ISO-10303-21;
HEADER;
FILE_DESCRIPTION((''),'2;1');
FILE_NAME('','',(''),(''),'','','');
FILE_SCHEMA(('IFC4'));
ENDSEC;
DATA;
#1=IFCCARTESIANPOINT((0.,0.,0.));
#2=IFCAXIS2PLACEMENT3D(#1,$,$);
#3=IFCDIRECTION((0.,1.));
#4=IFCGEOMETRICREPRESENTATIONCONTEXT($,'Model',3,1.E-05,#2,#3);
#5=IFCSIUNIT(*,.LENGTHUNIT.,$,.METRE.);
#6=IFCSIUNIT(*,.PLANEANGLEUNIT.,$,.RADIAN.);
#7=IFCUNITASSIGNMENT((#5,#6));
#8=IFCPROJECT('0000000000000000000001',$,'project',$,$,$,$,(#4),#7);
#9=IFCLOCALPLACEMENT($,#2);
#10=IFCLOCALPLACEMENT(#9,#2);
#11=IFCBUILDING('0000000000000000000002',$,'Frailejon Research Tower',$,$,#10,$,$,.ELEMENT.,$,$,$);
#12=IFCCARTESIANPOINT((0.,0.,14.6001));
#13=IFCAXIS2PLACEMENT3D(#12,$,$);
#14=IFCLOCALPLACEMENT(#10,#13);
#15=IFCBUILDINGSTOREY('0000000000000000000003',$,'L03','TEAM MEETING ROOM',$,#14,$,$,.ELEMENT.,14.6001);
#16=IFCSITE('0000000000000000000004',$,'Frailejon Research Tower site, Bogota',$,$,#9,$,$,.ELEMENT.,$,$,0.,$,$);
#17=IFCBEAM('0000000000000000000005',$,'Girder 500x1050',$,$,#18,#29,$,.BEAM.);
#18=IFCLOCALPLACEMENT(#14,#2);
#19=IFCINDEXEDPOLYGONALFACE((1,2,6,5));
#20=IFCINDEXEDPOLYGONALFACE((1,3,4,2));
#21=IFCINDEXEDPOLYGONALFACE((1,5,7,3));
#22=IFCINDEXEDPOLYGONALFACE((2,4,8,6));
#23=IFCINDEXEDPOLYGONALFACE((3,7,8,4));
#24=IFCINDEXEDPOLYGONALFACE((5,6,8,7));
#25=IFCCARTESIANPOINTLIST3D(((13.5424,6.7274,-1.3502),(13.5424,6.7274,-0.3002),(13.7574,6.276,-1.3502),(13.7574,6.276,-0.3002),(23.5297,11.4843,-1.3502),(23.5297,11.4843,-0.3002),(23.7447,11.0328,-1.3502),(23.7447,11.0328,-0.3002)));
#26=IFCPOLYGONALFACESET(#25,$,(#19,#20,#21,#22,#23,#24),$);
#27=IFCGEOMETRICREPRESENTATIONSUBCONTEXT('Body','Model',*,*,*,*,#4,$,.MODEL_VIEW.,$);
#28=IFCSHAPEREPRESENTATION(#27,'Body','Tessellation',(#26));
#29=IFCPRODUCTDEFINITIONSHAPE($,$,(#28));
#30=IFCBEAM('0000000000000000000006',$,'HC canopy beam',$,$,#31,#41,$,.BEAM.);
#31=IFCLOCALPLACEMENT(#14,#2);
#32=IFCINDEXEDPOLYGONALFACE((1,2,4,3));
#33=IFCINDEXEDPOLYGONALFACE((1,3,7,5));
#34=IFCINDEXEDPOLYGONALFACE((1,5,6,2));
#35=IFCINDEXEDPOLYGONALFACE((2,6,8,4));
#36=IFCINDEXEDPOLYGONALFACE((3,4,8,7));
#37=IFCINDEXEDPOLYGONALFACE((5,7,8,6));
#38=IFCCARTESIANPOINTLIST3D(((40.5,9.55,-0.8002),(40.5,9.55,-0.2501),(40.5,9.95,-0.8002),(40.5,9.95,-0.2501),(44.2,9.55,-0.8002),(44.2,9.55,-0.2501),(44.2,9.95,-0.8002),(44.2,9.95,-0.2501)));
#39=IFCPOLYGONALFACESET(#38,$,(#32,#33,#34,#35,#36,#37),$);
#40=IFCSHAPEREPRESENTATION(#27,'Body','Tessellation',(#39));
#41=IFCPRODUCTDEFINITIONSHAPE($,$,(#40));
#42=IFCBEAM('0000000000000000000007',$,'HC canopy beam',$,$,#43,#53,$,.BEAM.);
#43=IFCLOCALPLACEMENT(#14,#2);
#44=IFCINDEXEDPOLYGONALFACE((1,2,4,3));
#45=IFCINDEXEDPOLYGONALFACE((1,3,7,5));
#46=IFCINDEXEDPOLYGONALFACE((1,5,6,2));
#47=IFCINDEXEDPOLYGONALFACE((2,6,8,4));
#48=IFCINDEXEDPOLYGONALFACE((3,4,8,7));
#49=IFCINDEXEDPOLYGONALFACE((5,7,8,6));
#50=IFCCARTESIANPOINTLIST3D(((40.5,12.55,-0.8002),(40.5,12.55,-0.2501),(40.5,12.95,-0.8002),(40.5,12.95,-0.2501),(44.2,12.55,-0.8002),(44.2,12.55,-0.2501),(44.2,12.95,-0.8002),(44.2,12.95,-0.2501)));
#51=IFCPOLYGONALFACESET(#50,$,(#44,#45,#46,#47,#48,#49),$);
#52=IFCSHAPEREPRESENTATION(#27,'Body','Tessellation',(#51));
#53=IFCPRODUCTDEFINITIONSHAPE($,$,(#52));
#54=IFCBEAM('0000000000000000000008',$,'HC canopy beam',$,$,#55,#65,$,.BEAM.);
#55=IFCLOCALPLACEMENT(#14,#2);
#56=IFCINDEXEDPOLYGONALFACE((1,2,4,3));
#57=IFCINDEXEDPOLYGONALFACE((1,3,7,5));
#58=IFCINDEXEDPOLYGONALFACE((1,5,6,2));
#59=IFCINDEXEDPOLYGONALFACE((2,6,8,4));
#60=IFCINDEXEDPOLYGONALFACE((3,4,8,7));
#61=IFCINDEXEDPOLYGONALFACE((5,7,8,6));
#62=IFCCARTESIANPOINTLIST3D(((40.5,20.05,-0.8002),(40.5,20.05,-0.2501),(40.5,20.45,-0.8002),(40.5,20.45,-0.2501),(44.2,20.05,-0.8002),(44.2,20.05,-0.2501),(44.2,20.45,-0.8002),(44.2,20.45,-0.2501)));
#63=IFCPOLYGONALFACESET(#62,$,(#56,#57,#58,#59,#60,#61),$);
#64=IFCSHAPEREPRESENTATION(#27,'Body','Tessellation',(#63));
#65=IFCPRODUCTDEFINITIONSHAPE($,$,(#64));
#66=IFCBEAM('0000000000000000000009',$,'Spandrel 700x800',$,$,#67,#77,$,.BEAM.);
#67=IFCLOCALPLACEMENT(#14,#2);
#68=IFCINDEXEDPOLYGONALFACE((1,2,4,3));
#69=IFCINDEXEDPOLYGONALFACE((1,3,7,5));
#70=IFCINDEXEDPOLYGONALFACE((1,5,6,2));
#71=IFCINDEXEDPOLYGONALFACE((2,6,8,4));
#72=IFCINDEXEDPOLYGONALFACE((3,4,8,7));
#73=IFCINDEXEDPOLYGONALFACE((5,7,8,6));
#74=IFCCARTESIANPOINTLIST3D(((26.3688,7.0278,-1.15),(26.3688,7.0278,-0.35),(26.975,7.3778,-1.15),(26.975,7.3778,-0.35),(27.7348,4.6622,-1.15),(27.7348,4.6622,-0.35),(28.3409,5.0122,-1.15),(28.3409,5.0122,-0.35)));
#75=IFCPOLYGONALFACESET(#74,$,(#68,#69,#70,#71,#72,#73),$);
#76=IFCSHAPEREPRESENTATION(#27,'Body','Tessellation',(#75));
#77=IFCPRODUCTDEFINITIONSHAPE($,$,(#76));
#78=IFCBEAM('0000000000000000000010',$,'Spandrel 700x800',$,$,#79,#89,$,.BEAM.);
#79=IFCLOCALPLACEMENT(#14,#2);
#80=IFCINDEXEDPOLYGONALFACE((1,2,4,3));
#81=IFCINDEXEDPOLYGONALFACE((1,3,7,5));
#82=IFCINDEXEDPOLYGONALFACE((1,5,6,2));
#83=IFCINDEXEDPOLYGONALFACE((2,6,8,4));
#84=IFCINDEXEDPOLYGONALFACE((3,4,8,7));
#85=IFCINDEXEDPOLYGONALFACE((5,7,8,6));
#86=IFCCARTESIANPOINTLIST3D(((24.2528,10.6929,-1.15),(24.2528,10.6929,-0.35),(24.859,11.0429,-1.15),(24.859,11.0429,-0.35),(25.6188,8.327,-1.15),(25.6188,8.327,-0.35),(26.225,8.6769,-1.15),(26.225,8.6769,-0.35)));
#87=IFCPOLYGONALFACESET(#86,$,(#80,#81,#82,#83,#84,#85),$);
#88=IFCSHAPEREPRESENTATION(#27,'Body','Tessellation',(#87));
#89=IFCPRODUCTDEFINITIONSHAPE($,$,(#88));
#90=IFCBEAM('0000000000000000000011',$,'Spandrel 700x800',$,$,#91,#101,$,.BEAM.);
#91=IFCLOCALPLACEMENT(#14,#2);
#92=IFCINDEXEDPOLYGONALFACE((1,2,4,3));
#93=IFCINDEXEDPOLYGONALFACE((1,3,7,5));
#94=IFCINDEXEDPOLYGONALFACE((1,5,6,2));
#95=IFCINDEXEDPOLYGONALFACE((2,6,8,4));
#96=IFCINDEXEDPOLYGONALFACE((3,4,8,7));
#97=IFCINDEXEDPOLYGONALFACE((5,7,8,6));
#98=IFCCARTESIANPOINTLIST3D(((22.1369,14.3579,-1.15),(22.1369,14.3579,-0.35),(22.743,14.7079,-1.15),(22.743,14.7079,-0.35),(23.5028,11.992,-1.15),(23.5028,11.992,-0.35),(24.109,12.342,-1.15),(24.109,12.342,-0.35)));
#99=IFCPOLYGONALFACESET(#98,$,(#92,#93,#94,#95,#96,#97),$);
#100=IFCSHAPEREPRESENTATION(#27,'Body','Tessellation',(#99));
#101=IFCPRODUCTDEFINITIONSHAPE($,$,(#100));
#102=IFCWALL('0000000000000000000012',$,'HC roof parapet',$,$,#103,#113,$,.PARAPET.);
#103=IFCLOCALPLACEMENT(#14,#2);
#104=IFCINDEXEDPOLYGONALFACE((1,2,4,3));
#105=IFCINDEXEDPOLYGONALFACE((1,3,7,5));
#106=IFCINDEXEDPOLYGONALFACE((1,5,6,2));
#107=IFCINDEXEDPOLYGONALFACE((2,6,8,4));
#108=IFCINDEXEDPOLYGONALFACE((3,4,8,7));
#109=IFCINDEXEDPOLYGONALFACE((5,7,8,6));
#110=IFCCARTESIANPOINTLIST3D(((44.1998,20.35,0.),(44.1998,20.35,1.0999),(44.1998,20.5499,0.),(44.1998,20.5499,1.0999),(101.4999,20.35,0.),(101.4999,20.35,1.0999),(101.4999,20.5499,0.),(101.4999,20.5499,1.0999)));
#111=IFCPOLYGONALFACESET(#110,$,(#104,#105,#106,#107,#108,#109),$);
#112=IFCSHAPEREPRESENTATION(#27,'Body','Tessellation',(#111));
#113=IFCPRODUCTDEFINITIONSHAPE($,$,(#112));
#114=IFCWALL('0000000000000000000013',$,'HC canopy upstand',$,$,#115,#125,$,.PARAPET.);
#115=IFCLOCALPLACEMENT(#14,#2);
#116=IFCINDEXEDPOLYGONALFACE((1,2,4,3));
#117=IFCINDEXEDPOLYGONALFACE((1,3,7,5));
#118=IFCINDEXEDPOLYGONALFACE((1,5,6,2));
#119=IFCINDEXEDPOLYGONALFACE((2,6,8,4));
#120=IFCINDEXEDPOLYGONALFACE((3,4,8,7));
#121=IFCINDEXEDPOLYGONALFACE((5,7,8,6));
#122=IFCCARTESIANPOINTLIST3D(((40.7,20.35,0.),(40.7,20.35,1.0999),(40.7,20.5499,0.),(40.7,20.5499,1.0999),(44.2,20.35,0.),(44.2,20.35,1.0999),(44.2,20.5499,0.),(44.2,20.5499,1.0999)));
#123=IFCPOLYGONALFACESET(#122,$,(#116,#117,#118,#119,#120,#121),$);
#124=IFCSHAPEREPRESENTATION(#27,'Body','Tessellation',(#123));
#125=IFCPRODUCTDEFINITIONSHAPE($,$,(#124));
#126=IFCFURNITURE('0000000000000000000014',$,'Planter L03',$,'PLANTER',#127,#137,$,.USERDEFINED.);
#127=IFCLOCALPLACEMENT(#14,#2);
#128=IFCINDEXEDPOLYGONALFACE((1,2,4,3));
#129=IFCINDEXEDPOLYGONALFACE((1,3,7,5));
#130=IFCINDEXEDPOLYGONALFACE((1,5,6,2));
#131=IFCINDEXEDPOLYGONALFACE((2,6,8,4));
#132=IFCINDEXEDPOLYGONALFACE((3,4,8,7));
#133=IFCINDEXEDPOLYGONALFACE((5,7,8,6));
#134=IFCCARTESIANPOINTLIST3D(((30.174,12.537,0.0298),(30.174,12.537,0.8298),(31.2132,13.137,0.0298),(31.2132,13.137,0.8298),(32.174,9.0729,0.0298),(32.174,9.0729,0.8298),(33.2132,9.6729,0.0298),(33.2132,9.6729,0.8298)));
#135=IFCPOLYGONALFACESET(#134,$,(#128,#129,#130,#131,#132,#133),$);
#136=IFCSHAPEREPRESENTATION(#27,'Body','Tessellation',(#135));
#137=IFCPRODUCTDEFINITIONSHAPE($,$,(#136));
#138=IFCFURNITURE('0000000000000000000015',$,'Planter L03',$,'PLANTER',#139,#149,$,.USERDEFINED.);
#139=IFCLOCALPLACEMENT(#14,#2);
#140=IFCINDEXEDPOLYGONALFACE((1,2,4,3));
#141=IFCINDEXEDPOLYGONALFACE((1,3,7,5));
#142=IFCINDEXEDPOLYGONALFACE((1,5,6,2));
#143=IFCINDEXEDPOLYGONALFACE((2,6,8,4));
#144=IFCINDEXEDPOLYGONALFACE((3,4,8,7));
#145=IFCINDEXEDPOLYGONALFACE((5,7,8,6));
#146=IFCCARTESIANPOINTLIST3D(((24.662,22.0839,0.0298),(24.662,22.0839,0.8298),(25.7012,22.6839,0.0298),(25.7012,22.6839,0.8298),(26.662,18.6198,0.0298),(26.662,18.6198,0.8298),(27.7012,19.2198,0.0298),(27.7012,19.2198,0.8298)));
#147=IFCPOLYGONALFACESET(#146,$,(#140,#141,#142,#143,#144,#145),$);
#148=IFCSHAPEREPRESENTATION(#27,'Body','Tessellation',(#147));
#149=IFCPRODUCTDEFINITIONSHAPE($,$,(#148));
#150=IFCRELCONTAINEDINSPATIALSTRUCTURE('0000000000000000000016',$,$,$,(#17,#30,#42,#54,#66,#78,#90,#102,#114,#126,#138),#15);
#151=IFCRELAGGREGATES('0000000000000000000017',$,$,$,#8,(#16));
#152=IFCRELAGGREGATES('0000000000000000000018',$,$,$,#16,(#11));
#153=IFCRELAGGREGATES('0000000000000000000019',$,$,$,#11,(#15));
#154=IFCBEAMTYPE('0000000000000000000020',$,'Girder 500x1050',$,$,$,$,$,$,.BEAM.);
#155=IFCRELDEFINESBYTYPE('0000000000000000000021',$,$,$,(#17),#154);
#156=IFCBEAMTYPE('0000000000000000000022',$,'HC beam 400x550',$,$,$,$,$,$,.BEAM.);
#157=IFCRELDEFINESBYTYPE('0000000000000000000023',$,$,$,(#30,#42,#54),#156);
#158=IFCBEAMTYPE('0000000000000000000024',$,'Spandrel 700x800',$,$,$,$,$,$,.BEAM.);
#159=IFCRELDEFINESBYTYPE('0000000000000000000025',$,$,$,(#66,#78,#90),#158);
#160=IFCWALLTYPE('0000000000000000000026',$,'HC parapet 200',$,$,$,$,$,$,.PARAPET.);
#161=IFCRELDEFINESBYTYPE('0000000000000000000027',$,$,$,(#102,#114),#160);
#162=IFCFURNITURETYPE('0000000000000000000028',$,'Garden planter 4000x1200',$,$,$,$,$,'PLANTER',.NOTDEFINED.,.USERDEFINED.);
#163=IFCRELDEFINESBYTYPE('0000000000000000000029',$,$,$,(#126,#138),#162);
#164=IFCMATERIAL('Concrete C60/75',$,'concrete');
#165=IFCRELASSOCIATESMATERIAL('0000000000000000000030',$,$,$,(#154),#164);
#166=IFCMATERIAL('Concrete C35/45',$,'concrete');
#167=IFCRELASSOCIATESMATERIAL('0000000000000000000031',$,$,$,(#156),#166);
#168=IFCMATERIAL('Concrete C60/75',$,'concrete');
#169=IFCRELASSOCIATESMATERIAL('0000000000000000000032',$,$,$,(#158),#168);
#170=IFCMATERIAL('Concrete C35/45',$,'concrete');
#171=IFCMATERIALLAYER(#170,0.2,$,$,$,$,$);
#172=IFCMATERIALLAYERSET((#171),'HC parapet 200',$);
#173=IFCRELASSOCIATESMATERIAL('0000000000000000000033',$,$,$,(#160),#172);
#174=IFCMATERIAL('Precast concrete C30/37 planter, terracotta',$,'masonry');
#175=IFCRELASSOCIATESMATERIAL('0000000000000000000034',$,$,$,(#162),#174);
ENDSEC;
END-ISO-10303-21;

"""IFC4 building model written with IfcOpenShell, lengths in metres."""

from ifc_helpers import new_model, si_unit, direction, frame, frame_2d, origin, origin_2d, place, context, subcontext, project, spatial, rectangle, extrude, material, layer, layer_set, material_profile, profile_set, type_object, element, save


model = new_model("IFC4")

# Units and contexts
model_context = context("Model", 3, precision=1e-05, world=origin(), true_north=direction((0.0, 1.0)))
body_context = subcontext(model_context, "Body", "Model", "MODEL_VIEW")
ifc_project = project(units=[si_unit("LENGTHUNIT", "METRE"), si_unit("PLANEANGLEUNIT", "RADIAN")], contexts=[model_context])

# Site, building, storey
site_placement = place(None, origin())
site = spatial("IfcSite", under=ifc_project, at=site_placement, Name="Frailejon Research Tower site, Bogota", CompositionType="ELEMENT", RefElevation=0.0)
building_placement = place(site_placement, origin())
building = spatial("IfcBuilding", under=site, at=building_placement, Name="Frailejon Research Tower", CompositionType="ELEMENT")
storey_placement = place(building_placement, frame((0.0, 0.0, 14.6001)))
storey = spatial("IfcBuildingStorey", under=building, at=storey_placement, Name="L03", Description="TEAM MEETING ROOM", CompositionType="ELEMENT", Elevation=14.6001)

# Beams
ifc_material_1 = material(Name="Concrete C60/75", Category="concrete")
ifc_material_profile_1 = material_profile(ifc_material_1, rectangle(XDim=0.5, YDim=1.05, at=origin_2d()), Name="Girder 500x1050")
ifc_profile_set_1 = profile_set([ifc_material_profile_1], Name="Concrete C60/75")
beam_type_1 = type_object("IfcBeamType", Name="Girder 500x1050", PredefinedType="BEAM", material=ifc_profile_set_1)
beam_1_placement = place(storey_placement, frame((23.6372, 11.2585, -0.8252), z_axis=(-0.902826, -0.430006, 0.0), x_axis=(0.430006, -0.902826, 0.0)))
element("IfcBeam", 1, at=beam_1_placement, inside=storey, type_object=beam_type_1, Name="Girder 500x1050", PredefinedType="BEAM", context=body_context, shape_type="SweptSolid", body=[
    extrude(rectangle(XDim=0.5, YDim=1.05, at=origin_2d()), origin(), (0.0, 0.0, 1.0), 11.0623),
])
ifc_material_2 = material(Name="Concrete C35/45", Category="concrete")
ifc_material_profile_2 = material_profile(ifc_material_2, rectangle(XDim=0.3999, YDim=0.55, at=origin_2d()), Name="HC beam 400x550")
ifc_profile_set_2 = profile_set([ifc_material_profile_2], Name="Concrete C35/45")
beam_type_2 = type_object("IfcBeamType", Name="HC beam 400x550", PredefinedType="BEAM", material=ifc_profile_set_2)
for number, where, z_axis, x_axis, name in (
    (2, (40.5, 9.75, -0.5251), (1.0, 0.0, 0.0), (0.0, 1.0, 0.0), "HC canopy beam"),
    (3, (40.5, 12.75, -0.5251), (1.0, 0.0, 0.0), (0.0, 1.0, 0.0), "HC canopy beam"),
    (4, (40.5, 20.25, -0.5251), (1.0, 0.0, 0.0), (0.0, 1.0, 0.0), "HC canopy beam"),
):
    element("IfcBeam", number, at=place(storey_placement, frame(where, z_axis=z_axis, x_axis=x_axis)), inside=storey, type_object=beam_type_2, Name=name, PredefinedType="BEAM", context=body_context, shape_type="SweptSolid", body=[
        extrude(rectangle(XDim=0.3999, YDim=0.55, at=origin_2d()), origin(), (0.0, 0.0, 1.0), 3.7),
    ])
ifc_material_3 = material(Name="Concrete C60/75", Category="concrete")
ifc_material_profile_3 = material_profile(ifc_material_3, rectangle(XDim=0.7, YDim=0.8, at=origin_2d()), Name="Spandrel 700x800")
ifc_profile_set_3 = profile_set([ifc_material_profile_3], Name="Concrete C60/75")
beam_type_3 = type_object("IfcBeamType", Name="Spandrel 700x800", PredefinedType="BEAM", material=ifc_profile_set_3)
beam_2_placement = place(storey_placement, frame((28.0378, 4.8372, -0.75), z_axis=(-0.500032, 0.866007, 0.0), x_axis=(-0.866007, -0.500032, 0.0)))
element("IfcBeam", 5, at=beam_2_placement, inside=storey, type_object=beam_type_3, Name="Spandrel 700x800", PredefinedType="BEAM", context=body_context, shape_type="SweptSolid", body=[
    extrude(rectangle(XDim=0.7, YDim=0.8, at=origin_2d()), origin(), (0.0, 0.0, 1.0), 2.7317),
])
for number, where, z_axis, x_axis, name in (
    (6, (25.9219, 8.502, -0.75), (-0.499993, 0.866029, 0.0), (-0.866029, -0.499993, 0.0), "Spandrel 700x800"),
    (7, (23.8059, 12.167, -0.75), (-0.499993, 0.866029, 0.0), (-0.866029, -0.499993, 0.0), "Spandrel 700x800"),
):
    element("IfcBeam", number, at=place(storey_placement, frame(where, z_axis=z_axis, x_axis=x_axis)), inside=storey, type_object=beam_type_3, Name=name, PredefinedType="BEAM", context=body_context, shape_type="SweptSolid", body=[
        extrude(rectangle(XDim=0.7, YDim=0.8, at=origin_2d()), origin(), (0.0, 0.0, 1.0), 2.7319),
    ])

# Walls
ifc_material_4 = material(Name="Concrete C35/45", Category="concrete")
ifc_layer = layer(ifc_material_4, 0.2)
ifc_layer_set = layer_set([ifc_layer], Name="HC parapet 200")
wall_type = type_object("IfcWallType", Name="HC parapet 200", PredefinedType="PARAPET", material=ifc_layer_set)
wall_1_placement = place(storey_placement, frame((44.2, 20.45, 0.0), z_axis=(0.0, 0.0, 1.0), x_axis=(1.0, 0.0, 0.0)))
element("IfcWall", 8, at=wall_1_placement, inside=storey, type_object=wall_type, Name="HC roof parapet", PredefinedType="PARAPET", context=body_context, shape_type="SweptSolid", body=[
    extrude(rectangle(XDim=57.3, YDim=0.2, at=frame_2d((28.6499, 0.0))), origin(), (0.0, 0.0, 1.0), 1.0999),
])
wall_2_placement = place(storey_placement, frame((40.7, 20.45, 0.0), z_axis=(0.0, 0.0, 1.0), x_axis=(1.0, 0.0, 0.0)))
element("IfcWall", 9, at=wall_2_placement, inside=storey, type_object=wall_type, Name="HC canopy upstand", PredefinedType="PARAPET", context=body_context, shape_type="SweptSolid", body=[
    extrude(rectangle(XDim=3.5, YDim=0.2, at=frame_2d((1.75, 0.0))), origin(), (0.0, 0.0, 1.0), 1.0999),
])

# Furniture
ifc_material_5 = material(Name="Precast concrete C30/37 planter, terracotta", Category="masonry")
furniture_type = type_object("IfcFurnitureType", Name="Garden planter 4000x1200", ElementType="PLANTER", AssemblyPlace="NOTDEFINED", PredefinedType="USERDEFINED", material=ifc_material_5)
for number, where, z_axis, x_axis, name in (
    (10, (31.6936, 11.105, 0.0298), (0.0, 0.0, 1.0), (-0.5, 0.866025, 0.0), "Planter L03"),
    (11, (26.1816, 20.6519, 0.0298), (0.0, 0.0, 1.0), (-0.5, 0.866025, 0.0), "Planter L03"),
):
    element("IfcFurniture", number, at=place(storey_placement, frame(where, z_axis=z_axis, x_axis=x_axis)), inside=storey, type_object=furniture_type, Name=name, ObjectType="PLANTER", PredefinedType="USERDEFINED", context=body_context, shape_type="SweptSolid", body=[
        extrude(rectangle(XDim=4.0, YDim=1.2, at=origin_2d()), origin(), (0.0, 0.0, 1.0), 0.8),
    ])

save(model, "model.ifc")
